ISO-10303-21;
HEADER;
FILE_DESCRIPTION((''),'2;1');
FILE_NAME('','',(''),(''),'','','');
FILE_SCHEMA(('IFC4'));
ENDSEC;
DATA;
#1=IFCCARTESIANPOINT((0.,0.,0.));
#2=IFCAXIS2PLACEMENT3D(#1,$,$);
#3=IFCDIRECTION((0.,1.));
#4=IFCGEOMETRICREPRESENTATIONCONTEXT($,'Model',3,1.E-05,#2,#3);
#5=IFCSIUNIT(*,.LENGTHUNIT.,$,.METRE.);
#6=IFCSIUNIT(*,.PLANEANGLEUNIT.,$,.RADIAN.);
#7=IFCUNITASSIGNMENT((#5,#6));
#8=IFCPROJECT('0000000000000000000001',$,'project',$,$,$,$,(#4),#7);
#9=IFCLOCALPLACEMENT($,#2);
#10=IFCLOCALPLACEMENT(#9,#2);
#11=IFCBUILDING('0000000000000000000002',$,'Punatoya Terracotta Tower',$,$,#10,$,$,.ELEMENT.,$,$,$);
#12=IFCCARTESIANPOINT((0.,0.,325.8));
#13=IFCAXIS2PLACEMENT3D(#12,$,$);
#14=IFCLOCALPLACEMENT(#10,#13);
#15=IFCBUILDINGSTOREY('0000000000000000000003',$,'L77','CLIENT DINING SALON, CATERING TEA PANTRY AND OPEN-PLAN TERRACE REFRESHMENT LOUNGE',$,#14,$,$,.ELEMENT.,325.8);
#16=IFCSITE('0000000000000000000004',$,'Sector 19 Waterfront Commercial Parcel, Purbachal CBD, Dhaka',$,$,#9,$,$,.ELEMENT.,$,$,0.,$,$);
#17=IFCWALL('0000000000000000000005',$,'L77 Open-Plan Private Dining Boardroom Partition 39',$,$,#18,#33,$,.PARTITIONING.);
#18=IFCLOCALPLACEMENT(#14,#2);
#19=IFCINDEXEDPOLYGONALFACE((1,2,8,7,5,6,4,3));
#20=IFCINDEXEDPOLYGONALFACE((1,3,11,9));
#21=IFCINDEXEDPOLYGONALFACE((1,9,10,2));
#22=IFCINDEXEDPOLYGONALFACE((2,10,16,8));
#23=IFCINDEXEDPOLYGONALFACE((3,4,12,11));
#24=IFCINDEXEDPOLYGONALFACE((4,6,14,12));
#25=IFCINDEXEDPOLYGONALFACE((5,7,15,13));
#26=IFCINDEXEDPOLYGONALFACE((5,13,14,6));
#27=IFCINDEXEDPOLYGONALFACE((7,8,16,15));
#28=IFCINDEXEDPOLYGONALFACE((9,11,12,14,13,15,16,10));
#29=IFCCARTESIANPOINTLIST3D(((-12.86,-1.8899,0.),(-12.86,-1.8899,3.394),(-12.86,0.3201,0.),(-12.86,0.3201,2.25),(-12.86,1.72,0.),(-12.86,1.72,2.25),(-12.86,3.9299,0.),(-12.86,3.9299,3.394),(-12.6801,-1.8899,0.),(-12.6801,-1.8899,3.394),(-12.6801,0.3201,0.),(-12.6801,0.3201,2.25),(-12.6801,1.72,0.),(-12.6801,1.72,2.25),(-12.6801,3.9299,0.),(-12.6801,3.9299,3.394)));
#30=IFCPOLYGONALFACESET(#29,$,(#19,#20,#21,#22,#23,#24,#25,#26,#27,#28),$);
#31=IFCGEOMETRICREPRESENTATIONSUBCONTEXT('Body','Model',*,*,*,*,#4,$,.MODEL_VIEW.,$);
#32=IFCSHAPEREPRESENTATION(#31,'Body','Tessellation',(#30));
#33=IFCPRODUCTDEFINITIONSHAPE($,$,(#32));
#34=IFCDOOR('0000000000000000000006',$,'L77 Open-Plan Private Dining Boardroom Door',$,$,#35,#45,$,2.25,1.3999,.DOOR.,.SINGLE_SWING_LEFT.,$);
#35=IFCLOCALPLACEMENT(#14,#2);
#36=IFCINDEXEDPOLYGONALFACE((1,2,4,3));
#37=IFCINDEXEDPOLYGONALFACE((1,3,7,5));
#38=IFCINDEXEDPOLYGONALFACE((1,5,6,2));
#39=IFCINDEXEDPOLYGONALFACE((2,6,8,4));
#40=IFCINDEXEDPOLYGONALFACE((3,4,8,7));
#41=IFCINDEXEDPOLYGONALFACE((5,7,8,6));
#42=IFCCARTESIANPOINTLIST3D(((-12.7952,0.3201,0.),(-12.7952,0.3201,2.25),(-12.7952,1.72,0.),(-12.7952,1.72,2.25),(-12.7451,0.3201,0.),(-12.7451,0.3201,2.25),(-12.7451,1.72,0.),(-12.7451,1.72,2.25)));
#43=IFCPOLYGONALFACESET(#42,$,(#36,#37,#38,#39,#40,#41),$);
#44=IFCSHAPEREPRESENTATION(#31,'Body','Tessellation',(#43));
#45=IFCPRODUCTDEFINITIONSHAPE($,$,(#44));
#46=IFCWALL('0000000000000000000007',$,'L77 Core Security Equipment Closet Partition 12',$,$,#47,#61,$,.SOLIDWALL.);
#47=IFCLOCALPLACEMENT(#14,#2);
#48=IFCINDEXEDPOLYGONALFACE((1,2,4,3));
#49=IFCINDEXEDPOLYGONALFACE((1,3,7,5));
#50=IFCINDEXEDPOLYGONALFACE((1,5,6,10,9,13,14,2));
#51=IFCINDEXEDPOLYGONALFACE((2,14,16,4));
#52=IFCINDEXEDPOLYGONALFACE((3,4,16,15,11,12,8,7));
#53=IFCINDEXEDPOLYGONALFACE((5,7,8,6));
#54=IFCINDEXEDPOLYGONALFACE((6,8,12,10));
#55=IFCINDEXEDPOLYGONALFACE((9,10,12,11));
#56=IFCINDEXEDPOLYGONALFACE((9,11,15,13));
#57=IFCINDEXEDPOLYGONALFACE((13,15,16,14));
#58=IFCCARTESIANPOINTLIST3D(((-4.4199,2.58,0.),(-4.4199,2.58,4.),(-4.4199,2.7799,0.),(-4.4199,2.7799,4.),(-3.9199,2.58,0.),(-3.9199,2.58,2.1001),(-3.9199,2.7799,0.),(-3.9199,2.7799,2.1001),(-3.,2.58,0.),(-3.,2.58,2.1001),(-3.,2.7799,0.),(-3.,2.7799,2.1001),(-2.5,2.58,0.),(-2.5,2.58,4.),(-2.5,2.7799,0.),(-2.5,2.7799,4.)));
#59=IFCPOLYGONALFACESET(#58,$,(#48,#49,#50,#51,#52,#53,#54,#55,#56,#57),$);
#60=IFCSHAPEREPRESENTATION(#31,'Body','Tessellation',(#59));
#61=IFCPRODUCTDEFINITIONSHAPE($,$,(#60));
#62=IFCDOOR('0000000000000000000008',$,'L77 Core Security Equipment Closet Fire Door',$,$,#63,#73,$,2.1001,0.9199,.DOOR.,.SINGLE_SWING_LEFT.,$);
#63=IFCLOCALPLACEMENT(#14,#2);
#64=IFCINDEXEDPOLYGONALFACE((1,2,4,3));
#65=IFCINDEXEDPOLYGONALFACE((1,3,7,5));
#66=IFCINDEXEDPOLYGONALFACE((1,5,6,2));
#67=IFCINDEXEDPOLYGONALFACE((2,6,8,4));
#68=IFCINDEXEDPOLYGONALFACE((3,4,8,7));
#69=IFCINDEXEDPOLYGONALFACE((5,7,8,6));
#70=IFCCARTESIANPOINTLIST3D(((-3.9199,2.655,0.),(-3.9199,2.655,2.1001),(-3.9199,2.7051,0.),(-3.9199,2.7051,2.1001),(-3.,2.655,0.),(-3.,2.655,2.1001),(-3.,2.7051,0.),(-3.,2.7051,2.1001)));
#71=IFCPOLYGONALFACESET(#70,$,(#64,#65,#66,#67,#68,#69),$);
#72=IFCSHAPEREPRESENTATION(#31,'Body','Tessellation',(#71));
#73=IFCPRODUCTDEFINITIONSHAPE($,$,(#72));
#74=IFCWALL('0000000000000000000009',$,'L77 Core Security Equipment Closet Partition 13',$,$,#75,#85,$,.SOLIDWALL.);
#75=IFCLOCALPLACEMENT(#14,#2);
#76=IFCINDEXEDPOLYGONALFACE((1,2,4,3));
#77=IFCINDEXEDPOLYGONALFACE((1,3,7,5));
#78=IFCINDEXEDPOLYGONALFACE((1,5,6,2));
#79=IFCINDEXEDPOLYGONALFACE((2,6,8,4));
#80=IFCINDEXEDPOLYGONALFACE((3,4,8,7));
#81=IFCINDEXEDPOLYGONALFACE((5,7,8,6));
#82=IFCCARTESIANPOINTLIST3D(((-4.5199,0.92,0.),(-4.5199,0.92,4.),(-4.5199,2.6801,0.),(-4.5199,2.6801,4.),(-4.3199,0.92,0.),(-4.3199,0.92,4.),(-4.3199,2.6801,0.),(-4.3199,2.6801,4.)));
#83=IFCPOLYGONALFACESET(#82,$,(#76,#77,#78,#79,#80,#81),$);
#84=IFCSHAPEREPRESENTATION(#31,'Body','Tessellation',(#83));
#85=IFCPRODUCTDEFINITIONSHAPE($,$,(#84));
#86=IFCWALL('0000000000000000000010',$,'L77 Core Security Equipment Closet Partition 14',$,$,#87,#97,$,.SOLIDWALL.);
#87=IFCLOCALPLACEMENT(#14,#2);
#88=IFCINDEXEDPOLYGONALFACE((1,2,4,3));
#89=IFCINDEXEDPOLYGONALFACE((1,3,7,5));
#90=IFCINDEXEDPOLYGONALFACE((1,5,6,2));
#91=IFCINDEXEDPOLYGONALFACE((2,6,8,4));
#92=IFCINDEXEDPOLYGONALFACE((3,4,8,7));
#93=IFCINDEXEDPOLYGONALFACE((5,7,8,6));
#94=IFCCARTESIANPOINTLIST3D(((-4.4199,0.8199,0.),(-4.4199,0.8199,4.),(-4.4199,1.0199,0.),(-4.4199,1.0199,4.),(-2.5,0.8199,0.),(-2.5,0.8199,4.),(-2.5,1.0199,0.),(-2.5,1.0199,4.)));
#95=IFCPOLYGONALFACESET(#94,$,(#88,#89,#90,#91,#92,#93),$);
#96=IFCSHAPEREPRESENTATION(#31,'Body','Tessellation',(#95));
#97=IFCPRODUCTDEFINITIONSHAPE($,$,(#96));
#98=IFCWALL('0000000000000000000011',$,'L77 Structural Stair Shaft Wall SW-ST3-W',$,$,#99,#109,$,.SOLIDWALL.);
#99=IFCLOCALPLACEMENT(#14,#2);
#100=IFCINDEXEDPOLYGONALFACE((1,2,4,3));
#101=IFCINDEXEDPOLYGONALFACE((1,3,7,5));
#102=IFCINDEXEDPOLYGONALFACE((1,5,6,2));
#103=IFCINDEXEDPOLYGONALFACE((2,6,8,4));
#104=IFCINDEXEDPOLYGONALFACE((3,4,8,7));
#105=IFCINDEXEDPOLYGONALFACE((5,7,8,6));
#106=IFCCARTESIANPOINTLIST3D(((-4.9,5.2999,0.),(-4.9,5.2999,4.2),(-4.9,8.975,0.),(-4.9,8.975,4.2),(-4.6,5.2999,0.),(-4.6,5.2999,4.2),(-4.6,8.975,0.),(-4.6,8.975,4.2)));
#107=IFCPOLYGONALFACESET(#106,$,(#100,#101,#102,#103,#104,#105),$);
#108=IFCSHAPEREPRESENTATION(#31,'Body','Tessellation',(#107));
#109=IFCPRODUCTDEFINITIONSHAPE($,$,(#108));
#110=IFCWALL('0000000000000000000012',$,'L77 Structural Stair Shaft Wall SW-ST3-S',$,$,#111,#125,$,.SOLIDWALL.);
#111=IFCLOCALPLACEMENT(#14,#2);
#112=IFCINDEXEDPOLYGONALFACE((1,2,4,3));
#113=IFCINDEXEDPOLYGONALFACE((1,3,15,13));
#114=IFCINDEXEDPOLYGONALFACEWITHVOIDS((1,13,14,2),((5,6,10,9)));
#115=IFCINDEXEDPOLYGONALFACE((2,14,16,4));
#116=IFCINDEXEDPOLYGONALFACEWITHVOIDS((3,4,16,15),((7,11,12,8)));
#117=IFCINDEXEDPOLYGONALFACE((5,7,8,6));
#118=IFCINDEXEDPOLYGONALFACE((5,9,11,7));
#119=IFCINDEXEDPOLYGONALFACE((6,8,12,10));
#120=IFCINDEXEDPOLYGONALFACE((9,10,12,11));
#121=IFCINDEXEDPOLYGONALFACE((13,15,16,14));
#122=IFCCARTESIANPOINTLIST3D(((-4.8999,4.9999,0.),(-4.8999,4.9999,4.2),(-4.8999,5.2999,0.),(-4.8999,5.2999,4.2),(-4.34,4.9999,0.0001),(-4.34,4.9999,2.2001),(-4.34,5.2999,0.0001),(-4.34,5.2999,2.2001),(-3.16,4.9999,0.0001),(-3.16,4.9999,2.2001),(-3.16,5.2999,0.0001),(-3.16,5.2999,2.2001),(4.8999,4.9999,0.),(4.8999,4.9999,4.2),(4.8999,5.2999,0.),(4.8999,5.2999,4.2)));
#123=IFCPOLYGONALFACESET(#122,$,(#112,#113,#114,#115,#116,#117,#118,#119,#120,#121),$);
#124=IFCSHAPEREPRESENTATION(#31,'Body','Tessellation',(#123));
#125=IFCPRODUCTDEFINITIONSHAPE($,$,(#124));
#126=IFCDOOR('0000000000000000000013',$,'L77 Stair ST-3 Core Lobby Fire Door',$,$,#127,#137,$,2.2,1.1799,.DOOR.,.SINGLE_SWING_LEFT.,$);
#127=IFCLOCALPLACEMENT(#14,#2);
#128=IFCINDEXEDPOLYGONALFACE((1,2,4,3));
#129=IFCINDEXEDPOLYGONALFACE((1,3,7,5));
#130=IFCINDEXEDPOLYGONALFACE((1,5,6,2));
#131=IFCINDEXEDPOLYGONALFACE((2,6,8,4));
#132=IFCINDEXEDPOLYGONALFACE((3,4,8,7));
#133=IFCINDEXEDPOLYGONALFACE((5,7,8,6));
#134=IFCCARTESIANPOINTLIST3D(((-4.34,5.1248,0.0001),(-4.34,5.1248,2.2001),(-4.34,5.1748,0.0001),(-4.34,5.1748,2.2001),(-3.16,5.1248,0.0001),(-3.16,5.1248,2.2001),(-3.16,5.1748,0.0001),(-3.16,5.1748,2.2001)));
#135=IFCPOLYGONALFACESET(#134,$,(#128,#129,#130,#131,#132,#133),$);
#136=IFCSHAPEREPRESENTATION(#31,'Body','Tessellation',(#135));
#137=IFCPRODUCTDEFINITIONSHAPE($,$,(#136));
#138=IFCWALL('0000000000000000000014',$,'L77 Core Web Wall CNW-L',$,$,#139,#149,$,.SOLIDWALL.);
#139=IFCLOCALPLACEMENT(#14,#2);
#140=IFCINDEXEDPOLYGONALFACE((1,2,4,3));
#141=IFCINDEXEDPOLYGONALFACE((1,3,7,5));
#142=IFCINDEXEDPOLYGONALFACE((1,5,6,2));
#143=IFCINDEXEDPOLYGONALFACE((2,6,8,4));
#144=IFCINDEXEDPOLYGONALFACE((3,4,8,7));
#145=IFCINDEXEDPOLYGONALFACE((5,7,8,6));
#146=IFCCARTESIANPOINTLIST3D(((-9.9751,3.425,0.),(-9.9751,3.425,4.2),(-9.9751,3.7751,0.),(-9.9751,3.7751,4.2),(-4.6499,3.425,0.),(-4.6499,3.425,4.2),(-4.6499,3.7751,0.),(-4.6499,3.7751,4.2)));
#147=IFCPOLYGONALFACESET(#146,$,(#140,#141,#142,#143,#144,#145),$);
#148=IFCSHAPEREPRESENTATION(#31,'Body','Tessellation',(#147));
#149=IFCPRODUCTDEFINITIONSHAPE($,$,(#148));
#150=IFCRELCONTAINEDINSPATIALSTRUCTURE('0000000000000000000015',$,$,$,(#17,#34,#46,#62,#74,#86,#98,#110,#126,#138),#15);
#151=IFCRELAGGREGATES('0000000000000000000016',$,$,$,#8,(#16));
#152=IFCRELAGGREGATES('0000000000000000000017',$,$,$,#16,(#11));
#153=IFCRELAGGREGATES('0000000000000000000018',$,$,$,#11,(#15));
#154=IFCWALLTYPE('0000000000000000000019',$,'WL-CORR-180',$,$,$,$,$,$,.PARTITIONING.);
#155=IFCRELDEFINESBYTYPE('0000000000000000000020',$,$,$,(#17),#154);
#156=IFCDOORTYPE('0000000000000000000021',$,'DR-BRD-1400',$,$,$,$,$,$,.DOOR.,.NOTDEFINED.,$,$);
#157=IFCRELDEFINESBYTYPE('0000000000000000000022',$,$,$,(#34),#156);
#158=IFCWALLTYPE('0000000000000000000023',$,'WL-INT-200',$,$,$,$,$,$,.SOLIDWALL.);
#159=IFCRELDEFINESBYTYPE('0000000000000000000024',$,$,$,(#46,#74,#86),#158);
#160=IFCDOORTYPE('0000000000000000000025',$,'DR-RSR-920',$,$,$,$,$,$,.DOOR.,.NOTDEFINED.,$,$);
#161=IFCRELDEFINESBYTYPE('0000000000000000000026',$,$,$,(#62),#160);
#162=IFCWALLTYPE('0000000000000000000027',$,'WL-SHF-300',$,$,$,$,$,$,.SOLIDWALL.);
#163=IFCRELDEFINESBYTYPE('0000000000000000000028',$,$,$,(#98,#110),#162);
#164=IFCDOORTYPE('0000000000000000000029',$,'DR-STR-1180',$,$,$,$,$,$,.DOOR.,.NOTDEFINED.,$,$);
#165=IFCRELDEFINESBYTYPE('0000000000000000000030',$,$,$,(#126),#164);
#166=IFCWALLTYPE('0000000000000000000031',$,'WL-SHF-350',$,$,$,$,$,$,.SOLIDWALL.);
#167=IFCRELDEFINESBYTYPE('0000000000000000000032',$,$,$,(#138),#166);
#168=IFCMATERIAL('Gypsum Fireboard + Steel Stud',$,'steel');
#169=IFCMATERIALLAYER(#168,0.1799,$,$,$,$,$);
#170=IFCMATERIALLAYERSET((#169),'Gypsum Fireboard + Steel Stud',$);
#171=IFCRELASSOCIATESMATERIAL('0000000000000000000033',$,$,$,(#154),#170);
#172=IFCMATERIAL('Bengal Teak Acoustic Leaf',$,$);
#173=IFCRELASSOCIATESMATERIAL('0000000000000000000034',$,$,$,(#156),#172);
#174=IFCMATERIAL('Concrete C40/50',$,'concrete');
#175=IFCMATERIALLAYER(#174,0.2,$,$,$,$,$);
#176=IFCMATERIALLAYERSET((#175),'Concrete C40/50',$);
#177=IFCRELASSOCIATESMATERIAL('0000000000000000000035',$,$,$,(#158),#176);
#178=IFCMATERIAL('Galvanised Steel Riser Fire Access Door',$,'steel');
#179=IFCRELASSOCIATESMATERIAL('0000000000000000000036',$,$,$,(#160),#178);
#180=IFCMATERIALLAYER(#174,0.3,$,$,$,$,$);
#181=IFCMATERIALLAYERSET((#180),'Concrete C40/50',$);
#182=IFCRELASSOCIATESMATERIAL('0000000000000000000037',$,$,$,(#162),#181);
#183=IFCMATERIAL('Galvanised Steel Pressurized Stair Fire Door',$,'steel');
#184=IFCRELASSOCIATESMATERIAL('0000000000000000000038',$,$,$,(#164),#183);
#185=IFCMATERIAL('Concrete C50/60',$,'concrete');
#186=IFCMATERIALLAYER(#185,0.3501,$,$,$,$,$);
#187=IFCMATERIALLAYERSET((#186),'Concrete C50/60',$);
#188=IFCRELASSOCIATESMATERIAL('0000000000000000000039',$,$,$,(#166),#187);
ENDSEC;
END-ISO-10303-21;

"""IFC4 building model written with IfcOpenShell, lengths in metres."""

from ifc_helpers import new_model, si_unit, direction, frame, frame_2d, origin, place, context, subcontext, project, spatial, rectangle, extrude, material, layer, layer_set, type_object, element, fill, save


model = new_model("IFC4")

# Units and contexts
model_context = context("Model", 3, precision=1e-05, world=origin(), true_north=direction((0.0, 1.0)))
body_context = subcontext(model_context, "Body", "Model", "MODEL_VIEW")
ifc_project = project(units=[si_unit("LENGTHUNIT", "METRE"), si_unit("PLANEANGLEUNIT", "RADIAN")], contexts=[model_context])

# Site, building, storey
site_placement = place(None, origin())
site = spatial("IfcSite", under=ifc_project, at=site_placement, Name="Sector 19 Waterfront Commercial Parcel, Purbachal CBD, Dhaka", CompositionType="ELEMENT", RefElevation=0.0)
building_placement = place(site_placement, origin())
building = spatial("IfcBuilding", under=site, at=building_placement, Name="Punatoya Terracotta Tower", CompositionType="ELEMENT")
storey_placement = place(building_placement, frame((0.0, 0.0, 325.8)))
storey = spatial("IfcBuildingStorey", under=building, at=storey_placement, Name="L77", Description="CLIENT DINING SALON, CATERING TEA PANTRY AND OPEN-PLAN TERRACE REFRESHMENT LOUNGE", CompositionType="ELEMENT", Elevation=325.8)

# Shared definitions
ifc_material_1 = material(Name="Concrete C50/60", Category="concrete")

# Shared definitions
ifc_material_2 = material(Name="Gypsum Fireboard + Steel Stud", Category="steel")
ifc_layer_1 = layer(ifc_material_2, 0.1799)
ifc_layer_set_1 = layer_set([ifc_layer_1], Name="Gypsum Fireboard + Steel Stud")
wall_type_1 = type_object("IfcWallType", Name="WL-CORR-180", PredefinedType="PARTITIONING", material=ifc_layer_set_1)

# Walls, openings, doors
wall_1_placement = place(storey_placement, frame((-12.77, 3.9299, 0.0), z_axis=(0.0, 0.0, 1.0), x_axis=(0.0, -1.0, 0.0)))
wall_1 = element("IfcWall", 1, at=wall_1_placement, inside=storey, type_object=wall_type_1, Name="L77 Open-Plan Private Dining Boardroom Partition 39", PredefinedType="PARTITIONING", context=body_context, shape_type="SweptSolid", body=[
    extrude(rectangle(XDim=5.8198, YDim=0.1799, at=frame_2d((2.9099, 0.0))), origin(), (0.0, 0.0, 1.0), 3.394),
])
opening_1_placement = place(wall_1_placement, frame((2.21, 0.0, 0.0)))
opening_1 = element("IfcOpeningElement", 2, at=opening_1_placement, cuts=wall_1, PredefinedType="OPENING", context=body_context, shape_type="SweptSolid", body=[
    extrude(rectangle(XDim=1.3999, YDim=2.25, at=frame_2d((0.7, 1.125))), frame((0.0, 0.0999, 0.0), z_axis=(0.0, -1.0, 0.0), x_axis=(1.0, 0.0, 0.0)), (0.0, 0.0, 1.0), 0.2),
])
ifc_material_3 = material(Name="Bengal Teak Acoustic Leaf")
door_type_1 = type_object("IfcDoorType", Name="DR-BRD-1400", OperationType="NOTDEFINED", PredefinedType="DOOR", material=ifc_material_3)
door_1_placement = place(opening_1_placement, origin())
door_1 = element("IfcDoor", 3, at=door_1_placement, inside=storey, type_object=door_type_1, Name="L77 Open-Plan Private Dining Boardroom Door", OperationType="SINGLE_SWING_LEFT", OverallHeight=2.25, OverallWidth=1.3999, PredefinedType="DOOR", context=body_context, shape_type="SweptSolid", body=[
    extrude(rectangle(XDim=1.3999, YDim=2.25, at=frame_2d((0.7, 1.125))), frame((0.0, 0.0249, 0.0), z_axis=(0.0, -1.0, 0.0), x_axis=(1.0, 0.0, 0.0)), (0.0, 0.0, 1.0), 0.05),
])
fill(opening_1, door_1)
ifc_material_4 = material(Name="Concrete C40/50", Category="concrete")
ifc_layer_2 = layer(ifc_material_4, 0.2)
ifc_layer_set_2 = layer_set([ifc_layer_2], Name="Concrete C40/50")
wall_type_2 = type_object("IfcWallType", Name="WL-INT-200", PredefinedType="SOLIDWALL", material=ifc_layer_set_2)
wall_2_placement = place(storey_placement, frame((-2.5, 2.6799, 0.0), z_axis=(0.0, 0.0, 1.0), x_axis=(-1.0, 0.0, 0.0)))
wall_2 = element("IfcWall", 4, at=wall_2_placement, inside=storey, type_object=wall_type_2, Name="L77 Core Security Equipment Closet Partition 12", PredefinedType="SOLIDWALL", context=body_context, shape_type="SweptSolid", body=[
    extrude(rectangle(XDim=1.9199, YDim=0.2, at=frame_2d((0.96, 0.0))), origin(), (0.0, 0.0, 1.0), 4.0),
])
opening_2_placement = place(wall_2_placement, frame((0.5, 0.0, 0.0)))
opening_2 = element("IfcOpeningElement", 5, at=opening_2_placement, cuts=wall_2, PredefinedType="OPENING", context=body_context, shape_type="SweptSolid", body=[
    extrude(rectangle(XDim=0.9199, YDim=2.1001, at=frame_2d((0.46, 1.05))), frame((0.0, 0.1099, 0.0), z_axis=(0.0, -1.0, 0.0), x_axis=(1.0, 0.0, 0.0)), (0.0, 0.0, 1.0), 0.22),
])
ifc_material_5 = material(Name="Galvanised Steel Riser Fire Access Door", Category="steel")
door_type_2 = type_object("IfcDoorType", Name="DR-RSR-920", OperationType="NOTDEFINED", PredefinedType="DOOR", material=ifc_material_5)
door_2_placement = place(opening_2_placement, origin())
door_2 = element("IfcDoor", 6, at=door_2_placement, inside=storey, type_object=door_type_2, Name="L77 Core Security Equipment Closet Fire Door", OperationType="SINGLE_SWING_LEFT", OverallHeight=2.1001, OverallWidth=0.9199, PredefinedType="DOOR", context=body_context, shape_type="SweptSolid", body=[
    extrude(rectangle(XDim=0.9199, YDim=2.1001, at=frame_2d((0.46, 1.05))), frame((0.0, 0.0249, 0.0), z_axis=(0.0, -1.0, 0.0), x_axis=(1.0, 0.0, 0.0)), (0.0, 0.0, 1.0), 0.05),
])
fill(opening_2, door_2)

# Walls
wall_3_placement = place(storey_placement, frame((-4.4199, 2.6799, 0.0), z_axis=(0.0, 0.0, 1.0), x_axis=(0.0, -1.0, 0.0)))
element("IfcWall", 7, at=wall_3_placement, inside=storey, type_object=wall_type_2, Name="L77 Core Security Equipment Closet Partition 13", PredefinedType="SOLIDWALL", context=body_context, shape_type="SweptSolid", body=[
    extrude(rectangle(XDim=1.76, YDim=0.2, at=frame_2d((0.8799, 0.0))), origin(), (0.0, 0.0, 1.0), 4.0),
])
wall_4_placement = place(storey_placement, frame((-4.4199, 0.9199, 0.0), z_axis=(0.0, 0.0, 1.0), x_axis=(1.0, 0.0, 0.0)))
element("IfcWall", 8, at=wall_4_placement, inside=storey, type_object=wall_type_2, Name="L77 Core Security Equipment Closet Partition 14", PredefinedType="SOLIDWALL", context=body_context, shape_type="SweptSolid", body=[
    extrude(rectangle(XDim=1.9199, YDim=0.2, at=frame_2d((0.96, 0.0))), origin(), (0.0, 0.0, 1.0), 4.0),
])
ifc_layer_3 = layer(ifc_material_4, 0.3)
ifc_layer_set_3 = layer_set([ifc_layer_3], Name="Concrete C40/50")
wall_type_3 = type_object("IfcWallType", Name="WL-SHF-300", PredefinedType="SOLIDWALL", material=ifc_layer_set_3)
wall_5_placement = place(storey_placement, frame((-4.75, 5.3, 0.0), z_axis=(0.0, 0.0, 1.0), x_axis=(0.0, 1.0, 0.0)))
element("IfcWall", 9, at=wall_5_placement, inside=storey, type_object=wall_type_3, Name="L77 Structural Stair Shaft Wall SW-ST3-W", PredefinedType="SOLIDWALL", context=body_context, shape_type="SweptSolid", body=[
    extrude(rectangle(XDim=3.675, YDim=0.3, at=frame_2d((1.8374, 0.0))), origin(), (0.0, 0.0, 1.0), 4.2),
])

# Wall, opening, door
wall_6_placement = place(storey_placement, frame((-4.8999, 5.1499, 0.0), z_axis=(0.0, 0.0, 1.0), x_axis=(1.0, 0.0, 0.0)))
wall_6 = element("IfcWall", 10, at=wall_6_placement, inside=storey, type_object=wall_type_3, Name="L77 Structural Stair Shaft Wall SW-ST3-S", PredefinedType="SOLIDWALL", context=body_context, shape_type="SweptSolid", body=[
    extrude(rectangle(XDim=9.7998, YDim=0.3, at=frame_2d((4.8999, 0.0))), origin(), (0.0, 0.0, 1.0), 4.2),
])
opening_3_placement = place(wall_6_placement, frame((0.5601, 0.0, 0.0)))
opening_3 = element("IfcOpeningElement", 11, at=opening_3_placement, cuts=wall_6, PredefinedType="OPENING", context=body_context, shape_type="SweptSolid", body=[
    extrude(rectangle(XDim=1.1799, YDim=2.2, at=frame_2d((0.5898, 1.1001))), frame((0.0, 0.1599, 0.0), z_axis=(0.0, -1.0, 0.0), x_axis=(1.0, 0.0, 0.0)), (0.0, 0.0, 1.0), 0.3201),
])
ifc_material_6 = material(Name="Galvanised Steel Pressurized Stair Fire Door", Category="steel")
door_type_3 = type_object("IfcDoorType", Name="DR-STR-1180", OperationType="NOTDEFINED", PredefinedType="DOOR", material=ifc_material_6)
door_3_placement = place(opening_3_placement, origin())
door_3 = element("IfcDoor", 12, at=door_3_placement, inside=storey, type_object=door_type_3, Name="L77 Stair ST-3 Core Lobby Fire Door", OperationType="SINGLE_SWING_LEFT", OverallHeight=2.2, OverallWidth=1.1799, PredefinedType="DOOR", context=body_context, shape_type="SweptSolid", body=[
    extrude(rectangle(XDim=1.1799, YDim=2.2, at=frame_2d((0.5898, 1.1001))), frame((0.0, 0.0249, 0.0), z_axis=(0.0, -1.0, 0.0), x_axis=(1.0, 0.0, 0.0)), (0.0, 0.0, 1.0), 0.05),
])
fill(opening_3, door_3)

# Wall
ifc_layer_4 = layer(ifc_material_1, 0.3501)
ifc_layer_set_4 = layer_set([ifc_layer_4], Name="Concrete C50/60")
wall_type_4 = type_object("IfcWallType", Name="WL-SHF-350", PredefinedType="SOLIDWALL", material=ifc_layer_set_4)
wall_7_placement = place(storey_placement, frame((-9.9751, 3.6001, 0.0), z_axis=(0.0, 0.0, 1.0), x_axis=(1.0, 0.0, 0.0)))
element("IfcWall", 13, at=wall_7_placement, inside=storey, type_object=wall_type_4, Name="L77 Core Web Wall CNW-L", PredefinedType="SOLIDWALL", context=body_context, shape_type="SweptSolid", body=[
    extrude(rectangle(XDim=5.3252, YDim=0.3501, at=frame_2d((2.6626, 0.0))), origin(), (0.0, 0.0, 1.0), 4.2),
])

save(model, "model.ifc")
